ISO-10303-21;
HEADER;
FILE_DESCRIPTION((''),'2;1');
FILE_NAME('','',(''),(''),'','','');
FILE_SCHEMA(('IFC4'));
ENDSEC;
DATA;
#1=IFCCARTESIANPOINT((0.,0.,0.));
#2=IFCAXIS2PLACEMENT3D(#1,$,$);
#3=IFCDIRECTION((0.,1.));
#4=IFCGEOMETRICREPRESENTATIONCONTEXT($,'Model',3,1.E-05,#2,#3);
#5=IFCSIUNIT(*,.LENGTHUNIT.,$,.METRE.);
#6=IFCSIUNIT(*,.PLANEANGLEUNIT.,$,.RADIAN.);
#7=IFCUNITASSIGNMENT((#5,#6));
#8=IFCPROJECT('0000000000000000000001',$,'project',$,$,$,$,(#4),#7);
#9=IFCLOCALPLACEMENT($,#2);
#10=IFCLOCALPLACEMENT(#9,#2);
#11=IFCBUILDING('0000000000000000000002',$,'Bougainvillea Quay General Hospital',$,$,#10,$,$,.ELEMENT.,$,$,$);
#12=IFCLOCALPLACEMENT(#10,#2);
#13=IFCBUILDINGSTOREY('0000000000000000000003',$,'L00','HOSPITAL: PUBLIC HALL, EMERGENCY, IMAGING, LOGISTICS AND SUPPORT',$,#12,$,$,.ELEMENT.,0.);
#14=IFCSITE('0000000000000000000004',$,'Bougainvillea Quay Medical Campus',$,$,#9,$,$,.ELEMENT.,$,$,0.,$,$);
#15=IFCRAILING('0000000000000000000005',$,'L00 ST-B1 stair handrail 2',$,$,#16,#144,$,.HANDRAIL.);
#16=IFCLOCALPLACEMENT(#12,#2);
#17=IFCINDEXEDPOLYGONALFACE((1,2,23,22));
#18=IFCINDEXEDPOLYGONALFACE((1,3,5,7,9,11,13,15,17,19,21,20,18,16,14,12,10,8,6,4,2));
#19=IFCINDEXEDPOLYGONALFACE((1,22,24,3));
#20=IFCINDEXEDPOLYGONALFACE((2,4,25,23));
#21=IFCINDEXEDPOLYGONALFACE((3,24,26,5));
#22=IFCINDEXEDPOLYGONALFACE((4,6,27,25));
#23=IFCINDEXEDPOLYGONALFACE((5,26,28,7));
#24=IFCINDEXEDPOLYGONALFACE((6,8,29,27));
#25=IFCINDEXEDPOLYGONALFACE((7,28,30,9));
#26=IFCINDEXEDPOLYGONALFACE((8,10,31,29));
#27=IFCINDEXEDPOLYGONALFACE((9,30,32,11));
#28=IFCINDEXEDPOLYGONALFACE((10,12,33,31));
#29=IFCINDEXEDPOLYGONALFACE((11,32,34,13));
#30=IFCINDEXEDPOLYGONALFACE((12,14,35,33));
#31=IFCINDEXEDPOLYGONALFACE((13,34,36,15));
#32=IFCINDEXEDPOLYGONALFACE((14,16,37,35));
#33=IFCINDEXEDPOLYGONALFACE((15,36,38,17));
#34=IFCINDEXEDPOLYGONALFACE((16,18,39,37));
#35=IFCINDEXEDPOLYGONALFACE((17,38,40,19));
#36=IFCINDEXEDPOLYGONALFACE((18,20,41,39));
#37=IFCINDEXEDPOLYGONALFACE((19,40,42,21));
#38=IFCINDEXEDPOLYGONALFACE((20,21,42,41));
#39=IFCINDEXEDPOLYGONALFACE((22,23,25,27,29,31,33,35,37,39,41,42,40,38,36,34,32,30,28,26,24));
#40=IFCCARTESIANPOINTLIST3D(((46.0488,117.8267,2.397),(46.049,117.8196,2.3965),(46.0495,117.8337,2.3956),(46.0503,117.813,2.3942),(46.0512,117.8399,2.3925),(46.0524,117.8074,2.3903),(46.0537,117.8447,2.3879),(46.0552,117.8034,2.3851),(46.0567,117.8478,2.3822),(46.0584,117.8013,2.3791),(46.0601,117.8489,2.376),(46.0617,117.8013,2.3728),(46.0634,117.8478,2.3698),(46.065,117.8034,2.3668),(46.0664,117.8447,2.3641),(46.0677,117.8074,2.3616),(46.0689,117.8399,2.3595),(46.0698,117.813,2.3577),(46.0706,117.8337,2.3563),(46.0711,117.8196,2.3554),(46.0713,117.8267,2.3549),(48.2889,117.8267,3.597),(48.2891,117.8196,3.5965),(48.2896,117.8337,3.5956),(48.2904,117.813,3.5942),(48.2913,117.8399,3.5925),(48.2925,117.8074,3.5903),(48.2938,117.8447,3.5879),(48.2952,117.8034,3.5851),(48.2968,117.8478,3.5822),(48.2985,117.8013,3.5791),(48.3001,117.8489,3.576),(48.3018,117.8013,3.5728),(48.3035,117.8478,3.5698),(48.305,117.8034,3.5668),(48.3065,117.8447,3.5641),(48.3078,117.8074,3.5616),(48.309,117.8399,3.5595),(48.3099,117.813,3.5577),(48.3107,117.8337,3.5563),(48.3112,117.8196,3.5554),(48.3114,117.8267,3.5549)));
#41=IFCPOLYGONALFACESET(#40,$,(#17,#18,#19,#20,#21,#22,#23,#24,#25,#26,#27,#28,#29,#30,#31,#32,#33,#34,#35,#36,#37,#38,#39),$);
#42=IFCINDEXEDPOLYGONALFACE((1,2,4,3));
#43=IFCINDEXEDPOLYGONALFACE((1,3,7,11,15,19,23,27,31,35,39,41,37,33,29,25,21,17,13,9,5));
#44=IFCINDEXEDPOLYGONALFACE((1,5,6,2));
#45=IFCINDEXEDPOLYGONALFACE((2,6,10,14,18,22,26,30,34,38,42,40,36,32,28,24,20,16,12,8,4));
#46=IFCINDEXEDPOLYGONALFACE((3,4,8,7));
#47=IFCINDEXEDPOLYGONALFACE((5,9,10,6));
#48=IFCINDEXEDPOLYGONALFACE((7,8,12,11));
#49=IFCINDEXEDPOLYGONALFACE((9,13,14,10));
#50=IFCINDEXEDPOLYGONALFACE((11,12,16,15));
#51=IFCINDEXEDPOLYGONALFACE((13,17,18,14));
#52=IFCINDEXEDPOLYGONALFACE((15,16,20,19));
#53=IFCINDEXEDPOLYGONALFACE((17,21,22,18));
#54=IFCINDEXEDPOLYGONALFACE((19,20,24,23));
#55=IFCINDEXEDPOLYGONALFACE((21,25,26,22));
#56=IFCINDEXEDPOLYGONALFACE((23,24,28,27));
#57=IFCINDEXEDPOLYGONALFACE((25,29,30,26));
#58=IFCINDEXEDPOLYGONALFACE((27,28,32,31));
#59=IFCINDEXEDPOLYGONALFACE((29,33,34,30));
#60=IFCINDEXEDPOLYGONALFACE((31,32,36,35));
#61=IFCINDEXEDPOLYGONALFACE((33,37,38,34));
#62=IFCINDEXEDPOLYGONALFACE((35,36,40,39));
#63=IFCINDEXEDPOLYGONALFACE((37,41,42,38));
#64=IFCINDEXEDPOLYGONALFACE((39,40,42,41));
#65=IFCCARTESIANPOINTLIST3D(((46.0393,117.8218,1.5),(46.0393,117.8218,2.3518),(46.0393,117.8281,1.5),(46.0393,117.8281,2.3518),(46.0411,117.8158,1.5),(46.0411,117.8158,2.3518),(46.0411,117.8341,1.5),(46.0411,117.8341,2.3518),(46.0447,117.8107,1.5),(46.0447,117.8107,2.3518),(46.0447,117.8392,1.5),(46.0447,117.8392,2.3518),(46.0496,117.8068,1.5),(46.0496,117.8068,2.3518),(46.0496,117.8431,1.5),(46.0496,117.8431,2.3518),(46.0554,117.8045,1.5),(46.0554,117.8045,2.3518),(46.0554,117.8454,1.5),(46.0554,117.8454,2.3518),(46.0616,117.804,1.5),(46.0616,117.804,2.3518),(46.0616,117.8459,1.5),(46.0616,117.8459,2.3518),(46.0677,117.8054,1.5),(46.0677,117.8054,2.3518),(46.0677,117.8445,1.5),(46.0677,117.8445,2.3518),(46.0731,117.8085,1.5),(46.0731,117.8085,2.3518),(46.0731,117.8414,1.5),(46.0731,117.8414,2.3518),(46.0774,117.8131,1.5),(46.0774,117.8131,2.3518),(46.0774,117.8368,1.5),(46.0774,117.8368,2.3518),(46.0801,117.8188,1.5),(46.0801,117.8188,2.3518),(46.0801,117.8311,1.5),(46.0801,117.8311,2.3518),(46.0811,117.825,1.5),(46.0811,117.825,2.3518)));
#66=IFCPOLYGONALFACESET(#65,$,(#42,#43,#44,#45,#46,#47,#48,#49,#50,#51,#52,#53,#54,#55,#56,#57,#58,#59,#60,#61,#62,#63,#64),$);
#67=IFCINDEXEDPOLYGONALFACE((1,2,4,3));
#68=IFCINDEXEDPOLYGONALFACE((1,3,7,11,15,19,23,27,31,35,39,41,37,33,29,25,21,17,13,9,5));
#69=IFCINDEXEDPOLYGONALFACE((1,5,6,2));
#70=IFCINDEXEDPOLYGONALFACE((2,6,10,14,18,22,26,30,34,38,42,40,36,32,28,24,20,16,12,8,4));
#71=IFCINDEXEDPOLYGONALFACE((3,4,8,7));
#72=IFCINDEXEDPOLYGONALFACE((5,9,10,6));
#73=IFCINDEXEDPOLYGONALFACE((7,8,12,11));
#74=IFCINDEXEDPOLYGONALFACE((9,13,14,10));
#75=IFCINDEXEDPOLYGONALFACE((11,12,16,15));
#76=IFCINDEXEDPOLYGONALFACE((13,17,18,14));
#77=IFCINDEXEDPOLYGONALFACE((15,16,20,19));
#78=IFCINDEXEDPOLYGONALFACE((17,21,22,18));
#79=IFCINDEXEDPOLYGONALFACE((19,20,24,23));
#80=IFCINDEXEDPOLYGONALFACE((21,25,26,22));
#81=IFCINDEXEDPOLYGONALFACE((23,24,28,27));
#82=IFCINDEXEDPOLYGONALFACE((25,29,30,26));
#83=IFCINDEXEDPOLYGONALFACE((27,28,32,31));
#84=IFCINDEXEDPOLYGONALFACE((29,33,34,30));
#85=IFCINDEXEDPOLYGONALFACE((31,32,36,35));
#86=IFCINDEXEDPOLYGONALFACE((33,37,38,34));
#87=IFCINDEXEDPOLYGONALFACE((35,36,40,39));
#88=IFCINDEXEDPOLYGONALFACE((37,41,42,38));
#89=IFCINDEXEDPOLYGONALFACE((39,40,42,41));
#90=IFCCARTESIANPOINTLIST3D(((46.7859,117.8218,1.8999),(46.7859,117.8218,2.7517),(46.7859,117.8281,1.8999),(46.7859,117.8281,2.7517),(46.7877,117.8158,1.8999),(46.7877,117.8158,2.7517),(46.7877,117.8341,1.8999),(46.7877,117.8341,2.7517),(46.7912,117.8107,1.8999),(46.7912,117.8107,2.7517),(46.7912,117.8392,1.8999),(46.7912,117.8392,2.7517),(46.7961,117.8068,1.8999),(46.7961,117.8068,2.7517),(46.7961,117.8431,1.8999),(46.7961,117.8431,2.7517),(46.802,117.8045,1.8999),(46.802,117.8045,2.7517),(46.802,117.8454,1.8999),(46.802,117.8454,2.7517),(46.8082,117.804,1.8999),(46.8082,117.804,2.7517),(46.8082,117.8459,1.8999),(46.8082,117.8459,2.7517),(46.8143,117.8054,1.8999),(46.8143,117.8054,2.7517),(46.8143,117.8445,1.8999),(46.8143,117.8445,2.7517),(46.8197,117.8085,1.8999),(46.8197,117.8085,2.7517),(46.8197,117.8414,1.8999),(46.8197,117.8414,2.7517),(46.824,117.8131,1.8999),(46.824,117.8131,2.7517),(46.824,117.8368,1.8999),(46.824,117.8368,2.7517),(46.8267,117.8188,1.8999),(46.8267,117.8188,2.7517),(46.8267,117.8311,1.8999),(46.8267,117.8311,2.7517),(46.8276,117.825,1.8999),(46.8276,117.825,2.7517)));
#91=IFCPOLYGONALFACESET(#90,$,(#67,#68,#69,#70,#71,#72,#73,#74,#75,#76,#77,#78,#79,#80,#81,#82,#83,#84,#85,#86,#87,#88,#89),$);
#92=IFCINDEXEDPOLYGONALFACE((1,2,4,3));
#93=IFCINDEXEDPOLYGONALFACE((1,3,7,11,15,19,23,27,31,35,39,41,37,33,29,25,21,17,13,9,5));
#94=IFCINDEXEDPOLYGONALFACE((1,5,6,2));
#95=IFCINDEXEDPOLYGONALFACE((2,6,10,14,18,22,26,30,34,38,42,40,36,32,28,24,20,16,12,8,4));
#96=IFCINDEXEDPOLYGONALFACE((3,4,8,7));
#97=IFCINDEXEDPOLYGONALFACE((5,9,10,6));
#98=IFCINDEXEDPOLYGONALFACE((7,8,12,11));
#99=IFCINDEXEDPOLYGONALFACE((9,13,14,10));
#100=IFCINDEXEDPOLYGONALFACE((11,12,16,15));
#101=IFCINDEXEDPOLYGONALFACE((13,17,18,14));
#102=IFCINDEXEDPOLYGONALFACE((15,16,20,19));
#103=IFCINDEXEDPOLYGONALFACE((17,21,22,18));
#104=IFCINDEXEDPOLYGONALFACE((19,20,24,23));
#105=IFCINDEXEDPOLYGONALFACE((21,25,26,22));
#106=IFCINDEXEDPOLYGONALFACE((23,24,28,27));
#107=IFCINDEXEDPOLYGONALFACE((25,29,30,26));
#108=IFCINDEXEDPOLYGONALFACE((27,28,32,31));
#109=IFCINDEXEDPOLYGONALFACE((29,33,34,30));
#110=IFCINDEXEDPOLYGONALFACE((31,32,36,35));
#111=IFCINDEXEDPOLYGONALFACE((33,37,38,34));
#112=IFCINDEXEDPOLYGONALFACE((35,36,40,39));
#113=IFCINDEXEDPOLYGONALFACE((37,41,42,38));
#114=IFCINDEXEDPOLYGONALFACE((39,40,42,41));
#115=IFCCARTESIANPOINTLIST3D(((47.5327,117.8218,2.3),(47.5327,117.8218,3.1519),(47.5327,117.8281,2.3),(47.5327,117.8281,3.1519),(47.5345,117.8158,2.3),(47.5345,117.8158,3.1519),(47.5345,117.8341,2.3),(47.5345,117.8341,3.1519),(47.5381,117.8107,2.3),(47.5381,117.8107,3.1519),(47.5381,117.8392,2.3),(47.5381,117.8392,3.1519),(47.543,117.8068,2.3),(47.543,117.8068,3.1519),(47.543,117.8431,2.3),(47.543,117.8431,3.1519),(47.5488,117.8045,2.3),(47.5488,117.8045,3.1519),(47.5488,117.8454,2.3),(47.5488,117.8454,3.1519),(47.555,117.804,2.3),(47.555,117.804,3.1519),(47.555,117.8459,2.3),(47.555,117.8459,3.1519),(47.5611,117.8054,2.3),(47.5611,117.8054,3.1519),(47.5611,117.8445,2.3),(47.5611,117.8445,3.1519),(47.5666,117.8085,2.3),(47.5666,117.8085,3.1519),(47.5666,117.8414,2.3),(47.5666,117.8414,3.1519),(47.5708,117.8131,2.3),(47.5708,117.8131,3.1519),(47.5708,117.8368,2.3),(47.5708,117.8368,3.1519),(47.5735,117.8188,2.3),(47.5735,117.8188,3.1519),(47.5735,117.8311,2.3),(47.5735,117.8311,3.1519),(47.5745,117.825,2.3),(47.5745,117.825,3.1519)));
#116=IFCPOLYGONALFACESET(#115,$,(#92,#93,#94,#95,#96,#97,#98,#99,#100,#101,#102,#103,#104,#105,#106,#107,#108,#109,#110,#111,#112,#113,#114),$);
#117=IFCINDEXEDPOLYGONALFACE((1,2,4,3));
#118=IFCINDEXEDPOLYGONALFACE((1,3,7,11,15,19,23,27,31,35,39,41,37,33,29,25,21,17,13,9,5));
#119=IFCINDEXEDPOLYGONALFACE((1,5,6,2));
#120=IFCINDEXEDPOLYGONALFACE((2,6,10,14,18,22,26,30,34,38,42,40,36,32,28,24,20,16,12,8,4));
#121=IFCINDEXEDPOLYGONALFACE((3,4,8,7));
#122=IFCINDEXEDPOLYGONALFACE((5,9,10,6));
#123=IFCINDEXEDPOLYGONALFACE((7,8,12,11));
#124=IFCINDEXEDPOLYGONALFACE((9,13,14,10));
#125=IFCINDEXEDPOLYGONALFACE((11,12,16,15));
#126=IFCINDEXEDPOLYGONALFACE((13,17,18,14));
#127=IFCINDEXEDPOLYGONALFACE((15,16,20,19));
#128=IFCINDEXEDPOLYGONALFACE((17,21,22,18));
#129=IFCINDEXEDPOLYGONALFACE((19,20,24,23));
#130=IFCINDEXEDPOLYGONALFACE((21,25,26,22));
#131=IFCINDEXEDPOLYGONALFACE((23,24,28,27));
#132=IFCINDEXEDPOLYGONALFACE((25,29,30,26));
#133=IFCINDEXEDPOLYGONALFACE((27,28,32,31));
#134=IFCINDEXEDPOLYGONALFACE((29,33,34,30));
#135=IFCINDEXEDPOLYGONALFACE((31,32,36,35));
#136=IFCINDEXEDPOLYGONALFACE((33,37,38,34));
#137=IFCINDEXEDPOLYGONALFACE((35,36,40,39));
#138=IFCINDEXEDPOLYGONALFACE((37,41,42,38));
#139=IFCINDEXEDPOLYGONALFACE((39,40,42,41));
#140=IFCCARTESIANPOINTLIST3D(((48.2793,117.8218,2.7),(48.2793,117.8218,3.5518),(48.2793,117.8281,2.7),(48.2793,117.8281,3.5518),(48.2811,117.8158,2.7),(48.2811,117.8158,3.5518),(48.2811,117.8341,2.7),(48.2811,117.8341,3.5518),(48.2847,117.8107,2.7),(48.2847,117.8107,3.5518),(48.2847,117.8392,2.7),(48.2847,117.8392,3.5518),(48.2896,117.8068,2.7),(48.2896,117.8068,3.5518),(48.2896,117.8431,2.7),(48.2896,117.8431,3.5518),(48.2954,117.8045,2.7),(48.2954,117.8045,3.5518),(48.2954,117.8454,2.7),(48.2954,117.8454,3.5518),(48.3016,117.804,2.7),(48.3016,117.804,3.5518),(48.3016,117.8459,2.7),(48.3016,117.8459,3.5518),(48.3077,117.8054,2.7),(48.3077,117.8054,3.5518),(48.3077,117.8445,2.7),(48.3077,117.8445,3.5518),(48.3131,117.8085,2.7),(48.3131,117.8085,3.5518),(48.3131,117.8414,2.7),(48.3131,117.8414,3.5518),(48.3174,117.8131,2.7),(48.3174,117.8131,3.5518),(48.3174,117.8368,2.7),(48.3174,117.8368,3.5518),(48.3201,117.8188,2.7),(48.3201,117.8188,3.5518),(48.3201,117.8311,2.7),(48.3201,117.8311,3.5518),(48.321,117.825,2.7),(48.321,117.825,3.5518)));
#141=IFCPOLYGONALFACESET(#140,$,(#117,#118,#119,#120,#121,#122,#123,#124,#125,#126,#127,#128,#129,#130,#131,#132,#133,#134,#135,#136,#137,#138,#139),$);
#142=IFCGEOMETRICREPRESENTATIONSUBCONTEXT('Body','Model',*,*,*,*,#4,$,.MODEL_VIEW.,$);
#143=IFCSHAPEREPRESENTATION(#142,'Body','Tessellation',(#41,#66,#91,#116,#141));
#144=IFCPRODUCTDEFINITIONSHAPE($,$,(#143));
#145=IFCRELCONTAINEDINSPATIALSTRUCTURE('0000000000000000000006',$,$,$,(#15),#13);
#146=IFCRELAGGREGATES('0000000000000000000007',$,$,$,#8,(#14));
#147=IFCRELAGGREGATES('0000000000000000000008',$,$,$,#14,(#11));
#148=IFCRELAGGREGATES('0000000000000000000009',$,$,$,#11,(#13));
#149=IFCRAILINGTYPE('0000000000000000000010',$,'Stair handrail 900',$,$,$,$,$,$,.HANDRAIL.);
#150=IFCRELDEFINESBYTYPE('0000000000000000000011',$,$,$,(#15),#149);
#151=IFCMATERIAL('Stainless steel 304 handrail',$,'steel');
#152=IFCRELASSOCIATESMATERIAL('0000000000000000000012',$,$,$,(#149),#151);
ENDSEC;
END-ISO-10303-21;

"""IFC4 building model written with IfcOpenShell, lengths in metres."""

from ifc_helpers import new_model, si_unit, direction, frame, origin, origin_2d, place, context, subcontext, project, spatial, circle, extrude, material, type_object, element, save


model = new_model("IFC4")

# Units and contexts
model_context = context("Model", 3, precision=1e-05, world=origin(), true_north=direction((0.0, 1.0)))
body_context = subcontext(model_context, "Body", "Model", "MODEL_VIEW")
ifc_project = project(units=[si_unit("LENGTHUNIT", "METRE"), si_unit("PLANEANGLEUNIT", "RADIAN")], contexts=[model_context])

# Site, building, storey
site_placement = place(None, origin())
site = spatial("IfcSite", under=ifc_project, at=site_placement, Name="Bougainvillea Quay Medical Campus", CompositionType="ELEMENT", RefElevation=0.0)
building_placement = place(site_placement, origin())
building = spatial("IfcBuilding", under=site, at=building_placement, Name="Bougainvillea Quay General Hospital", CompositionType="ELEMENT")
storey_placement = place(building_placement, origin())
storey = spatial("IfcBuildingStorey", under=building, at=storey_placement, Name="L00", Description="HOSPITAL: PUBLIC HALL, EMERGENCY, IMAGING, LOGISTICS AND SUPPORT", CompositionType="ELEMENT", Elevation=0.0)

# Railing
ifc_material_1 = material(Name="Stainless steel 304 handrail", Category="steel")
railing_type_1 = type_object("IfcRailingType", Name="Stair handrail 900", PredefinedType="HANDRAIL", material=ifc_material_1)
railing_1_placement = place(storey_placement, frame((46.0601, 117.825, 1.5)))
element("IfcRailing", 1, at=railing_1_placement, inside=storey, type_object=railing_type_1, Name="L00 ST-B1 stair handrail 2", PredefinedType="HANDRAIL", context=body_context, shape_type="SweptSolid", body=[
    extrude(circle(Radius=0.0239, at=origin_2d()), frame((0.0, 0.0, 0.876), z_axis=(0.881487, 0.0, 0.472208), x_axis=(0.0, 1.0, 0.0)), (0.0, 0.0, 1.0), 2.5413),
    extrude(circle(Radius=0.021, at=origin_2d()), origin(), (0.0, 0.0, 1.0), 0.8518),
    extrude(circle(Radius=0.021, at=origin_2d()), frame((0.7466, 0.0, 0.3999)), (0.0, 0.0, 1.0), 0.8518),
    extrude(circle(Radius=0.021, at=origin_2d()), frame((1.4934, 0.0, 0.8)), (0.0, 0.0, 1.0), 0.8518),
    extrude(circle(Radius=0.021, at=origin_2d()), frame((2.24, 0.0, 1.2)), (0.0, 0.0, 1.0), 0.8518),
])

save(model, "model.ifc")
